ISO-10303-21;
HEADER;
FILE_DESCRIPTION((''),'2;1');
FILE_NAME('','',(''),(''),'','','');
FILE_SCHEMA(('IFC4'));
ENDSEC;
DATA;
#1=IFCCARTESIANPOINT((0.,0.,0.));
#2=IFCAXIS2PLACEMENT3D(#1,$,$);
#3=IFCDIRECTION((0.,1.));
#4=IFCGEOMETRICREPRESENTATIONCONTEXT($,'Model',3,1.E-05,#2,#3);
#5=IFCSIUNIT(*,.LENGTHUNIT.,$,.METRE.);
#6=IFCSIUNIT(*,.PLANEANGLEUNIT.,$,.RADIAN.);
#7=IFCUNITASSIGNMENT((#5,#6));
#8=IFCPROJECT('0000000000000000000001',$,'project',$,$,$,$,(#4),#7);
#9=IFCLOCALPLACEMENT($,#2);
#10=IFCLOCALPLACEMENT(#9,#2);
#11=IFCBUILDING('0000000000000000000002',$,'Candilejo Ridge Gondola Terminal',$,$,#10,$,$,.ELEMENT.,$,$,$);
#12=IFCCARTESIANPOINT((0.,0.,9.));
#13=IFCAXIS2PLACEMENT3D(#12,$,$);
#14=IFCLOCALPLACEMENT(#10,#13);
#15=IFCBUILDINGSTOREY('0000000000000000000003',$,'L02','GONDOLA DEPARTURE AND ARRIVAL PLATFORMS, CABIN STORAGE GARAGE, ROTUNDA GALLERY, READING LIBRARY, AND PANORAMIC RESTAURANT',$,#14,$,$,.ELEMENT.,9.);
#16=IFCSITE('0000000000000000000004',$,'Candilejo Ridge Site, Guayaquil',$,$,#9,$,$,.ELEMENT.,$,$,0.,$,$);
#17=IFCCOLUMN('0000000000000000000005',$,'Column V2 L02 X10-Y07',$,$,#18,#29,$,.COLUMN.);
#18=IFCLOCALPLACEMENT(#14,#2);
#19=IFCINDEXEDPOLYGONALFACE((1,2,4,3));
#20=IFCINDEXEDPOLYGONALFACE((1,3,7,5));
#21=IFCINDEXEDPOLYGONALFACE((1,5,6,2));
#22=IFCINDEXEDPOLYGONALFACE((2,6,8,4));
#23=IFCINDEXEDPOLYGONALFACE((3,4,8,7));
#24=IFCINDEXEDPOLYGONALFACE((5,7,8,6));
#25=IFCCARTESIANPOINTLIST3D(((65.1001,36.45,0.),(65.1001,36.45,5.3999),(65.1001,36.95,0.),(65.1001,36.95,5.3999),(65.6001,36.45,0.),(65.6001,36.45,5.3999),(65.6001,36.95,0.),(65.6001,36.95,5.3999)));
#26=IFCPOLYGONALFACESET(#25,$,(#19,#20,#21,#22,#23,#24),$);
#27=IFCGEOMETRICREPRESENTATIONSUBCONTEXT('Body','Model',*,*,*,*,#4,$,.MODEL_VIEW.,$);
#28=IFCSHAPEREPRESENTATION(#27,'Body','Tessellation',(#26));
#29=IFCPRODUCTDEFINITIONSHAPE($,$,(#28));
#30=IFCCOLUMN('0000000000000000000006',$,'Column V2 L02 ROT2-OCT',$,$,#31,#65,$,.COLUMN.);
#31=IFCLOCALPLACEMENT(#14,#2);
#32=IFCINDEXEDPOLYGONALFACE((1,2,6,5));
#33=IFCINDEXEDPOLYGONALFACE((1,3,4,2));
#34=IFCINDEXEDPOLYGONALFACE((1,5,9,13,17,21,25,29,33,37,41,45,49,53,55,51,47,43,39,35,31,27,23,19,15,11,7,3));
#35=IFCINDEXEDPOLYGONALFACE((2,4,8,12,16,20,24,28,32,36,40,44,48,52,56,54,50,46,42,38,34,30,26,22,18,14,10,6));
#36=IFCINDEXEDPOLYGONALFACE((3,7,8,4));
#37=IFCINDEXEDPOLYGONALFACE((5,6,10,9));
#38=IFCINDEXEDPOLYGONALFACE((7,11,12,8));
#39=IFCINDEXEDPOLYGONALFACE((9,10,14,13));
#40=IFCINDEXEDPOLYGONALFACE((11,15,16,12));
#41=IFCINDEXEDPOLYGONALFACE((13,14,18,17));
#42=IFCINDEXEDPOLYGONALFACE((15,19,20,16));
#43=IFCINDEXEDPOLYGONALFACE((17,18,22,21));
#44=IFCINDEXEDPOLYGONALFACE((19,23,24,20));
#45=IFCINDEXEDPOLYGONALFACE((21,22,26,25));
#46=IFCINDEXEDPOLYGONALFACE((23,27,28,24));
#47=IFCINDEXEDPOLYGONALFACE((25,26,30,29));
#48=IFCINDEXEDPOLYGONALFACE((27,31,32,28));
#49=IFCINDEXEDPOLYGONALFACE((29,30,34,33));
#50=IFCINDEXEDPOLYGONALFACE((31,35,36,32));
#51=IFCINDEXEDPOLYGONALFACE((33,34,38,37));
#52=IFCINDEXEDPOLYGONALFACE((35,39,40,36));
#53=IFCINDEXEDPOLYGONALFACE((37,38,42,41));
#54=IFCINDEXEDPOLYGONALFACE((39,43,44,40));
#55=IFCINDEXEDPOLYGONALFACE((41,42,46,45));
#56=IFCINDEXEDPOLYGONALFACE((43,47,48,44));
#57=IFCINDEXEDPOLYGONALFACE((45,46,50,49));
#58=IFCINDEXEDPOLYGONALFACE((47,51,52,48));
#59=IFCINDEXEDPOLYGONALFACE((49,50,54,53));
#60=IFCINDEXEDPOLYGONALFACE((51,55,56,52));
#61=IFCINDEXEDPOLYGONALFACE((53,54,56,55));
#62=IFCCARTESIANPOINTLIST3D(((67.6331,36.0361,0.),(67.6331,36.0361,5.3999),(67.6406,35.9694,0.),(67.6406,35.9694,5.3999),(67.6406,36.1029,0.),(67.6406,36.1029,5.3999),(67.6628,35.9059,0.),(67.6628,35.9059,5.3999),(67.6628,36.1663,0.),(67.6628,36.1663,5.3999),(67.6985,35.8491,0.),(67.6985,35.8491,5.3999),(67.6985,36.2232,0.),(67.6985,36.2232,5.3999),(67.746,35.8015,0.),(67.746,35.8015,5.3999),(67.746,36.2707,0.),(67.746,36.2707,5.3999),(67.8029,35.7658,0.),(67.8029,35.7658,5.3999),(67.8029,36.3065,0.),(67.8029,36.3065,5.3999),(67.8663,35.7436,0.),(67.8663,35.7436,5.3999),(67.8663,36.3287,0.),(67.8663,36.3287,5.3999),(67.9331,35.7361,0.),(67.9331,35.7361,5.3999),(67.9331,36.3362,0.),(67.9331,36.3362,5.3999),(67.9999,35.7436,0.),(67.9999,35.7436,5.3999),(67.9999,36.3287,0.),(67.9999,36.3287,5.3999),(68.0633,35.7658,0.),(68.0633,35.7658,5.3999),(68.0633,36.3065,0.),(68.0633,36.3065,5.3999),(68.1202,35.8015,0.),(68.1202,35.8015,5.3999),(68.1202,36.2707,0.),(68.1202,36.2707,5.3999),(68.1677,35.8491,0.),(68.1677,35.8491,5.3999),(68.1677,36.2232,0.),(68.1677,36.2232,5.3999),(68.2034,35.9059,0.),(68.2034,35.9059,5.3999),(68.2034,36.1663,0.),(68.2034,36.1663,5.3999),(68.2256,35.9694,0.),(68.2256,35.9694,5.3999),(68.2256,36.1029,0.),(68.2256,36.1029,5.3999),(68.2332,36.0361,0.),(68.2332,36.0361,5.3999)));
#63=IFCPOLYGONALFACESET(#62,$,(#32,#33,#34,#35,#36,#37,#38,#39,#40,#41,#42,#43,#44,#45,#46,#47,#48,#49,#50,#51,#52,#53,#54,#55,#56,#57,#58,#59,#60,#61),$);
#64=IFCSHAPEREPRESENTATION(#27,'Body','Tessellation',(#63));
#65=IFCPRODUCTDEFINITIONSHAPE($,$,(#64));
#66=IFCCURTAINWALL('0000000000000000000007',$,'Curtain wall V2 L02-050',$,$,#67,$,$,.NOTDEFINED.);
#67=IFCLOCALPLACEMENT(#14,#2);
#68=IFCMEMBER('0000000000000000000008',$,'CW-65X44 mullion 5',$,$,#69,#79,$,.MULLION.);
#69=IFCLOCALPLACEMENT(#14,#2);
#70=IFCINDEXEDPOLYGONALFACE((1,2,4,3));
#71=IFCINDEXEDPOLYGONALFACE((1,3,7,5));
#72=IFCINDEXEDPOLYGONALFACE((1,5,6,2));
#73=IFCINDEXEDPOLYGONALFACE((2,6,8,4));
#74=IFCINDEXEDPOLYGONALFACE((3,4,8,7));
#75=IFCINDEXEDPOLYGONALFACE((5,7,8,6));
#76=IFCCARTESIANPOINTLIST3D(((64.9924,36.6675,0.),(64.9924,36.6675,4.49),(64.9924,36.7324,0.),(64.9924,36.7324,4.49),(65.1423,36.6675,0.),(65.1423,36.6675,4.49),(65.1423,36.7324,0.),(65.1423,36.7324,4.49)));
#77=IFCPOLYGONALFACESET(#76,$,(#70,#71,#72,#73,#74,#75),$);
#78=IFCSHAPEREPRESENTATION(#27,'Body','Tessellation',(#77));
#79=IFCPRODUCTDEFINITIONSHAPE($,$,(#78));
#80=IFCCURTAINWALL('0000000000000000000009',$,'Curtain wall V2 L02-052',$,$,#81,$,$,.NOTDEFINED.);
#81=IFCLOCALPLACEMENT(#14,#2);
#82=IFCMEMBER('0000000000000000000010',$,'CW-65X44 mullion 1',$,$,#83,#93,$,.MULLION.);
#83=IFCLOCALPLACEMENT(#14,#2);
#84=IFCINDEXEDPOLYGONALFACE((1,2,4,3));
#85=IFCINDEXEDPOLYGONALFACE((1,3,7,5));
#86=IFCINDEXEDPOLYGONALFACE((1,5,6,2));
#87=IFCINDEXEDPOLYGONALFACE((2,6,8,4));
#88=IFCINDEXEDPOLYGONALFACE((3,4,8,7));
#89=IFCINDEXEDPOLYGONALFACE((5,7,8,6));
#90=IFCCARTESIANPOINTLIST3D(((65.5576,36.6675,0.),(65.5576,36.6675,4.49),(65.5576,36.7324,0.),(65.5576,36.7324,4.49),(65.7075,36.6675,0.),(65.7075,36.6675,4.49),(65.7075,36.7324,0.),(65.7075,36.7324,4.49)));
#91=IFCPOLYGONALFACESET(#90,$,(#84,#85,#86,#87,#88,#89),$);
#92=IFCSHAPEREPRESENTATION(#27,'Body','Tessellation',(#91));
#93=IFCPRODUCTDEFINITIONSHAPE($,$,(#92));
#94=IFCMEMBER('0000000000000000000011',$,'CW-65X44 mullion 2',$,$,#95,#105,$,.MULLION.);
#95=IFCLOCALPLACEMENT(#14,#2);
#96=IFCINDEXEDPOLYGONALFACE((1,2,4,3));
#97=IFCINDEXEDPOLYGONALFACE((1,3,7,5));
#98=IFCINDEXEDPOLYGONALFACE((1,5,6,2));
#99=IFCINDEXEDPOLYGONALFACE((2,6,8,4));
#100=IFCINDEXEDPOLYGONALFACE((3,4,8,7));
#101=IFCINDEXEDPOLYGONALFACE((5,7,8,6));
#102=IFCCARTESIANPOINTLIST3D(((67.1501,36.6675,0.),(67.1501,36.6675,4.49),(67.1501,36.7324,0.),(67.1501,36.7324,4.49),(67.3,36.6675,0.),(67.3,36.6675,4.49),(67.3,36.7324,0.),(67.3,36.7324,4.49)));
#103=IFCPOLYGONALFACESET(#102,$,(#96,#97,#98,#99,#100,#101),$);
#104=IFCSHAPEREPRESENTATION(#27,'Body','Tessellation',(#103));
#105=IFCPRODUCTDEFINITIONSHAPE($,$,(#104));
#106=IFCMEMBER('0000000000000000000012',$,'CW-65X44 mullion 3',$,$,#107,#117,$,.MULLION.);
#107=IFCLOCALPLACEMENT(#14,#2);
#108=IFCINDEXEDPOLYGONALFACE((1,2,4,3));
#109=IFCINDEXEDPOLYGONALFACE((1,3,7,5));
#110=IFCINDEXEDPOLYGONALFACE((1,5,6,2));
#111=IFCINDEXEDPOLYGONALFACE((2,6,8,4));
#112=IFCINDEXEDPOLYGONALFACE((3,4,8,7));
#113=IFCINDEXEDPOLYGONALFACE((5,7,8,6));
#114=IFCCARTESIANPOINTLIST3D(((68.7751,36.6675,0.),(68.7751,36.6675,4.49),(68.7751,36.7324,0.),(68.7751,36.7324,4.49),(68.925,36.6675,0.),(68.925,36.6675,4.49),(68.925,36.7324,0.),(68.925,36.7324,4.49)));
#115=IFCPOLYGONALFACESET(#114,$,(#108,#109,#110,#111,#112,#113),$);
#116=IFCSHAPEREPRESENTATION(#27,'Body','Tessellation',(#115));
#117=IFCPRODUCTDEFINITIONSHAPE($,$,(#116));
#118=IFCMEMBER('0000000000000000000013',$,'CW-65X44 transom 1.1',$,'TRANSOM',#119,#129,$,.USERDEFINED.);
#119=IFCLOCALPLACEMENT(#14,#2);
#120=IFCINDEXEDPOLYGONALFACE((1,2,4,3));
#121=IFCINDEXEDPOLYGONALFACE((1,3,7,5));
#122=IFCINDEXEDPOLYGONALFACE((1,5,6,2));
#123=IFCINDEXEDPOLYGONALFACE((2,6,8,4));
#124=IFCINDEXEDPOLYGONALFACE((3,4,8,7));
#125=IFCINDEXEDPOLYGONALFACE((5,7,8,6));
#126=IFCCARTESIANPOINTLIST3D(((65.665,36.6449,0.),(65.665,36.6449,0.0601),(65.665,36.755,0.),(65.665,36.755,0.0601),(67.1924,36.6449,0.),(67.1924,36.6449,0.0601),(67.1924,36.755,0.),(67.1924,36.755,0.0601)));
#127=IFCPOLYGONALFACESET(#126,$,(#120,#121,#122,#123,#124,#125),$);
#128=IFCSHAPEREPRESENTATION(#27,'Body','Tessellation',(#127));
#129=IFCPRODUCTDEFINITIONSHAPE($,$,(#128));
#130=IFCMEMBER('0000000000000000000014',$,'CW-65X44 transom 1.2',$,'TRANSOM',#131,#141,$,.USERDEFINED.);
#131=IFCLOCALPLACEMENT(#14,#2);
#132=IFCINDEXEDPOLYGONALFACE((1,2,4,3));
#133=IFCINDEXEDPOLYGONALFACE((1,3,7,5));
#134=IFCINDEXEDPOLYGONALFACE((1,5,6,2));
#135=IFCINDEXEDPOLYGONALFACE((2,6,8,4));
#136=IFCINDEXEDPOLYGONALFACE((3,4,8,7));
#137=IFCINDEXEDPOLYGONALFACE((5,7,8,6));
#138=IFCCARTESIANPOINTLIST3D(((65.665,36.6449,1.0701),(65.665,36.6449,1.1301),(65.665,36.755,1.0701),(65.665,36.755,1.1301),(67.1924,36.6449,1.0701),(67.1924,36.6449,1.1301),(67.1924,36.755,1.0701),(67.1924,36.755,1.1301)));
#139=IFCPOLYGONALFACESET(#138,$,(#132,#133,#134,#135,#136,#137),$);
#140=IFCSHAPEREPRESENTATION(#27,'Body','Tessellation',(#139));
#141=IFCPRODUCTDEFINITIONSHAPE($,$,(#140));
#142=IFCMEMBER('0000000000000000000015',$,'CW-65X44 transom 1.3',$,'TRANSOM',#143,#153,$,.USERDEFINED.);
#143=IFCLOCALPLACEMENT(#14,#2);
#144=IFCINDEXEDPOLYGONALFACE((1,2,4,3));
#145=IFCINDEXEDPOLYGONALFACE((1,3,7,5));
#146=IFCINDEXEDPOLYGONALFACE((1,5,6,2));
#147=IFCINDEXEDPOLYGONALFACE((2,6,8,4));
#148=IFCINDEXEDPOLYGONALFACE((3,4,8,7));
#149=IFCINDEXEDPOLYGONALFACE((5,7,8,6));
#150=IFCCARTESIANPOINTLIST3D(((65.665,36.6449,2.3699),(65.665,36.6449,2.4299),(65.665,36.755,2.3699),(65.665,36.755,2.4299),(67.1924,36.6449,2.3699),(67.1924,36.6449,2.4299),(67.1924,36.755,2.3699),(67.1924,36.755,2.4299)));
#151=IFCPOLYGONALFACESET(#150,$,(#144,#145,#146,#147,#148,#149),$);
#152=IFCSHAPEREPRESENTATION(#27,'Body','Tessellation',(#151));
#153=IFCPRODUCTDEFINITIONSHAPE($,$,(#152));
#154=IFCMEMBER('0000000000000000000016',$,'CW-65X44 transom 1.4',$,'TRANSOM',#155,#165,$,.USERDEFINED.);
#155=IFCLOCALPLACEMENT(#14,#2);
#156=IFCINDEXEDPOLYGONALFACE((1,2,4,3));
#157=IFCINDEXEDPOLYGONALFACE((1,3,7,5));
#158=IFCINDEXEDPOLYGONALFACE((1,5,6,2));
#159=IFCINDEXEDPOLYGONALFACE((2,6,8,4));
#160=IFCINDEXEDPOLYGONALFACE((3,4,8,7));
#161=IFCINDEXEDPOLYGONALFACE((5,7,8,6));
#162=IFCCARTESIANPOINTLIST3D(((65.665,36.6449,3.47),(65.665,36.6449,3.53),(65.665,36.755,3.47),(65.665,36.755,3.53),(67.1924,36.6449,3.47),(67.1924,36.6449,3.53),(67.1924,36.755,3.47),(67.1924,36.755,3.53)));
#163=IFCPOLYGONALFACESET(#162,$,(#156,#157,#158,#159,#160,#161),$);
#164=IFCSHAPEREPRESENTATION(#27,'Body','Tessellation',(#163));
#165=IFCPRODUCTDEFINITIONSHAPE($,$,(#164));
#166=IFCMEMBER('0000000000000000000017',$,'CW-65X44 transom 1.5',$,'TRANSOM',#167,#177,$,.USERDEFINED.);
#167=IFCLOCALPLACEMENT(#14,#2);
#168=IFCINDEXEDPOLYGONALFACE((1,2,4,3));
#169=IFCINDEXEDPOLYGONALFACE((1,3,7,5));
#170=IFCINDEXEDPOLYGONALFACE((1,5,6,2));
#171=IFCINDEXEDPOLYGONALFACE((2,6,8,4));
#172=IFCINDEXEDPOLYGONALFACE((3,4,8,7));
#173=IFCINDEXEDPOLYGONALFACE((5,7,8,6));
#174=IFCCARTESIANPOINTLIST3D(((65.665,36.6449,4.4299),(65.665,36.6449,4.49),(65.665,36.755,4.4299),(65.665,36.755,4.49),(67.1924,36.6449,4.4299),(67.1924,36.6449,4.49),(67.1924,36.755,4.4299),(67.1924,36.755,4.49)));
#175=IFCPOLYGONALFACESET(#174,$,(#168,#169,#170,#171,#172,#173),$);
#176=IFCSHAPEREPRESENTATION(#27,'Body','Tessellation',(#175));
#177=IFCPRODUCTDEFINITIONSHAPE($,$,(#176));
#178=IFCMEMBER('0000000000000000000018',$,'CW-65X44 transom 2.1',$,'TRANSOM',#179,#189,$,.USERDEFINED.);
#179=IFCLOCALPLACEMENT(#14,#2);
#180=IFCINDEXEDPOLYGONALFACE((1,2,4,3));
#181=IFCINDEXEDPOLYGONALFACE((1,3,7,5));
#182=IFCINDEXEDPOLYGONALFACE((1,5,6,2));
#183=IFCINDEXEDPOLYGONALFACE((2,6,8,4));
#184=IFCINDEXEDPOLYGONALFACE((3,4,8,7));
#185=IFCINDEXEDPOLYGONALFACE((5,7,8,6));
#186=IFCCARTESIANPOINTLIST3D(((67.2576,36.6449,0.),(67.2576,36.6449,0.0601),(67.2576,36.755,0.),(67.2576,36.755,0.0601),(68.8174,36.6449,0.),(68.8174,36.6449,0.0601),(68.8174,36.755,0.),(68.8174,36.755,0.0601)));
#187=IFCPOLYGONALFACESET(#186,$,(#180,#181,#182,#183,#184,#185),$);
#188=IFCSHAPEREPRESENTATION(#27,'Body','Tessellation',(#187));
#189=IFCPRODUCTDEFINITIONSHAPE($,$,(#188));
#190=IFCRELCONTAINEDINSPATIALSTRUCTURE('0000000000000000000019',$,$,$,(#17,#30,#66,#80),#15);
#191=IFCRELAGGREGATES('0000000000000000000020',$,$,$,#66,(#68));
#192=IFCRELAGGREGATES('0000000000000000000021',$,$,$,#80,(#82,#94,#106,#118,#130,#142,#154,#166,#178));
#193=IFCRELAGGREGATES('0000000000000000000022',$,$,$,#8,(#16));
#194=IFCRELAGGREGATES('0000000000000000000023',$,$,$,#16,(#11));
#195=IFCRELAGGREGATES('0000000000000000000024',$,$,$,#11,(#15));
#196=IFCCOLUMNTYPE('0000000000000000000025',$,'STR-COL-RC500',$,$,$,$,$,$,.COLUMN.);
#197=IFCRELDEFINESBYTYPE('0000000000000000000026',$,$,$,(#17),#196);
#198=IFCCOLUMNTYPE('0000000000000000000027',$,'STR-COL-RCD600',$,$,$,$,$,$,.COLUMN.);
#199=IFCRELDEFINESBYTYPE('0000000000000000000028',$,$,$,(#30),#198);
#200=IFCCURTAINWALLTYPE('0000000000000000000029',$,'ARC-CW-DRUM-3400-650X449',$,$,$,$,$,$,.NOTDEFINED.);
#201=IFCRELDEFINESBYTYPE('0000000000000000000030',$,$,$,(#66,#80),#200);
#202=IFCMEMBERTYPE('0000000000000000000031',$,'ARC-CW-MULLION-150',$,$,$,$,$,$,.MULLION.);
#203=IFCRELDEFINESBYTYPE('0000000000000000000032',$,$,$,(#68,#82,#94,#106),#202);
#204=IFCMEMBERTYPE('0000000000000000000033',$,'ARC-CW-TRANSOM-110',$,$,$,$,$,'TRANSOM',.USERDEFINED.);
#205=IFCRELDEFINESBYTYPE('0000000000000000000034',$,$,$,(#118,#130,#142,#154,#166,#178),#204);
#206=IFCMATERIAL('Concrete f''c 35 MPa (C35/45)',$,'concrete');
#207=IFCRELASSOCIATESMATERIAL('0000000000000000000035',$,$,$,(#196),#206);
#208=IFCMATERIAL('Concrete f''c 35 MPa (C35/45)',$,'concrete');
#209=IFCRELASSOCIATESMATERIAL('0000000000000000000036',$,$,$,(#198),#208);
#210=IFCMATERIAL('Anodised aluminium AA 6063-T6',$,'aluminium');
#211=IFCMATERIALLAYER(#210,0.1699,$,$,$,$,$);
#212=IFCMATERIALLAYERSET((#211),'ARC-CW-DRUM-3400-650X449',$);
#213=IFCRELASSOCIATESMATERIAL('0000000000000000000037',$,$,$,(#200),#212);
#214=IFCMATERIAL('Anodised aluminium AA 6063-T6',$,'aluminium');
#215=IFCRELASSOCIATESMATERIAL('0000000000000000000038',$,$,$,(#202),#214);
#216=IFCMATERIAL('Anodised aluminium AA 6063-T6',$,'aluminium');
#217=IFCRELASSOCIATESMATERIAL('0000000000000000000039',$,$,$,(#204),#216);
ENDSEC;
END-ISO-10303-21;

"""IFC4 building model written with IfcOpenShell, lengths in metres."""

from ifc_helpers import new_model, si_unit, direction, frame, origin, origin_2d, place, context, subcontext, project, spatial, rectangle, circle, extrude, material, layer, layer_set, material_profile, profile_set, type_object, element, aggregate, save


model = new_model("IFC4")

# Units and contexts
model_context = context("Model", 3, precision=1e-05, world=origin(), true_north=direction((0.0, 1.0)))
body_context = subcontext(model_context, "Body", "Model", "MODEL_VIEW")
ifc_project = project(units=[si_unit("LENGTHUNIT", "METRE"), si_unit("PLANEANGLEUNIT", "RADIAN")], contexts=[model_context])

# Site, building, storey
site_placement = place(None, origin())
site = spatial("IfcSite", under=ifc_project, at=site_placement, Name="Candilejo Ridge Site, Guayaquil", CompositionType="ELEMENT", RefElevation=0.0)
building_placement = place(site_placement, origin())
building = spatial("IfcBuilding", under=site, at=building_placement, Name="Candilejo Ridge Gondola Terminal", CompositionType="ELEMENT")
storey_placement = place(building_placement, frame((0.0, 0.0, 9.0)))
storey = spatial("IfcBuildingStorey", under=building, at=storey_placement, Name="L02", Description="GONDOLA DEPARTURE AND ARRIVAL PLATFORMS, CABIN STORAGE GARAGE, ROTUNDA GALLERY, READING LIBRARY, AND PANORAMIC RESTAURANT", CompositionType="ELEMENT", Elevation=9.0)

# Columns
ifc_material_1 = material(Name="Concrete f'c 35 MPa (C35/45)", Category="concrete")
ifc_material_profile_1 = material_profile(ifc_material_1, rectangle(XDim=0.5, YDim=0.5, at=origin_2d()))
ifc_profile_set_1 = profile_set([ifc_material_profile_1], Name="Concrete f'c 35 MPa (C35/45)")
column_type_1 = type_object("IfcColumnType", Name="STR-COL-RC500", PredefinedType="COLUMN", material=ifc_profile_set_1)
column_1_placement = place(storey_placement, frame((65.3501, 36.7, 0.0), z_axis=(0.0, 0.0, 1.0), x_axis=(1.0, 0.0, 0.0)))
element("IfcColumn", 1, at=column_1_placement, inside=storey, type_object=column_type_1, Name="Column V2 L02 X10-Y07", PredefinedType="COLUMN", context=body_context, shape_type="SweptSolid", body=[
    extrude(rectangle(XDim=0.5, YDim=0.5, at=origin_2d()), origin(), (0.0, 0.0, 1.0), 5.3999),
])
ifc_material_2 = material(Name="Concrete f'c 35 MPa (C35/45)", Category="concrete")
ifc_material_profile_2 = material_profile(ifc_material_2, circle(Radius=0.3, at=origin_2d()))
ifc_profile_set_2 = profile_set([ifc_material_profile_2], Name="Concrete f'c 35 MPa (C35/45)")
column_type_2 = type_object("IfcColumnType", Name="STR-COL-RCD600", PredefinedType="COLUMN", material=ifc_profile_set_2)
column_2_placement = place(storey_placement, frame((67.9331, 36.0361, 0.0), z_axis=(0.0, 0.0, 1.0), x_axis=(1.0, 0.0, 0.0)))
element("IfcColumn", 2, at=column_2_placement, inside=storey, type_object=column_type_2, Name="Column V2 L02 ROT2-OCT", PredefinedType="COLUMN", context=body_context, shape_type="SweptSolid", body=[
    extrude(circle(Radius=0.3, at=origin_2d()), origin(), (0.0, 0.0, 1.0), 5.3999),
])

# Curtain wall, member
ifc_material_3 = material(Name="Anodised aluminium AA 6063-T6", Category="aluminium")
ifc_layer_1 = layer(ifc_material_3, 0.1699)
ifc_layer_set_1 = layer_set([ifc_layer_1], Name="ARC-CW-DRUM-3400-650X449")
curtain_wall_type = type_object("IfcCurtainWallType", Name="ARC-CW-DRUM-3400-650X449", PredefinedType="NOTDEFINED", material=ifc_layer_set_1)
curtain_wall_1_placement = place(storey_placement, origin())
curtain_wall_1 = element("IfcCurtainWall", 3, at=curtain_wall_1_placement, inside=storey, type_object=curtain_wall_type, Name="Curtain wall V2 L02-050", PredefinedType="NOTDEFINED")
ifc_material_4 = material(Name="Anodised aluminium AA 6063-T6", Category="aluminium")
ifc_material_profile_3 = material_profile(ifc_material_4, rectangle(XDim=0.0649, YDim=0.1499, at=origin_2d()))
ifc_profile_set_3 = profile_set([ifc_material_profile_3], Name="Anodised aluminium AA 6063-T6")
member_type_1 = type_object("IfcMemberType", Name="ARC-CW-MULLION-150", PredefinedType="MULLION", material=ifc_profile_set_3)
member_1_placement = place(storey_placement, frame((65.0674, 36.7, 0.0), z_axis=(0.0, 0.0, 1.0), x_axis=(0.0, 1.0, 0.0)))
member_1 = element("IfcMember", 4, at=member_1_placement, type_object=member_type_1, Name="CW-65X44 mullion 5", PredefinedType="MULLION", context=body_context, shape_type="SweptSolid", body=[
    extrude(rectangle(XDim=0.0649, YDim=0.1499, at=origin_2d()), origin(), (0.0, 0.0, 1.0), 4.49),
])

# Curtain wall, members
curtain_wall_2_placement = place(storey_placement, origin())
curtain_wall_2 = element("IfcCurtainWall", 5, at=curtain_wall_2_placement, inside=storey, type_object=curtain_wall_type, Name="Curtain wall V2 L02-052", PredefinedType="NOTDEFINED")
member_2_placement = place(storey_placement, frame((65.6326, 36.7, 0.0), z_axis=(0.0, 0.0, 1.0), x_axis=(0.0, 1.0, 0.0)))
member_2 = element("IfcMember", 6, at=member_2_placement, type_object=member_type_1, Name="CW-65X44 mullion 1", PredefinedType="MULLION", context=body_context, shape_type="SweptSolid", body=[
    extrude(rectangle(XDim=0.0649, YDim=0.1499, at=origin_2d()), origin(), (0.0, 0.0, 1.0), 4.49),
])
member_3_placement = place(storey_placement, frame((67.2251, 36.7, 0.0), z_axis=(0.0, 0.0, 1.0), x_axis=(0.0, 1.0, 0.0)))
member_3 = element("IfcMember", 7, at=member_3_placement, type_object=member_type_1, Name="CW-65X44 mullion 2", PredefinedType="MULLION", context=body_context, shape_type="SweptSolid", body=[
    extrude(rectangle(XDim=0.0649, YDim=0.1499, at=origin_2d()), origin(), (0.0, 0.0, 1.0), 4.49),
])
member_4_placement = place(storey_placement, frame((68.8501, 36.7, 0.0), z_axis=(0.0, 0.0, 1.0), x_axis=(0.0, 1.0, 0.0)))
member_4 = element("IfcMember", 8, at=member_4_placement, type_object=member_type_1, Name="CW-65X44 mullion 3", PredefinedType="MULLION", context=body_context, shape_type="SweptSolid", body=[
    extrude(rectangle(XDim=0.0649, YDim=0.1499, at=origin_2d()), origin(), (0.0, 0.0, 1.0), 4.49),
])
ifc_material_5 = material(Name="Anodised aluminium AA 6063-T6", Category="aluminium")
ifc_material_profile_4 = material_profile(ifc_material_5, rectangle(XDim=0.1101, YDim=0.0601, at=origin_2d()))
ifc_profile_set_4 = profile_set([ifc_material_profile_4], Name="Anodised aluminium AA 6063-T6")
member_type_2 = type_object("IfcMemberType", Name="ARC-CW-TRANSOM-110", ElementType="TRANSOM", PredefinedType="USERDEFINED", material=ifc_profile_set_4)
member_5_placement = place(storey_placement, frame((65.665, 36.7, 0.03), z_axis=(1.0, 0.0, 0.0), x_axis=(0.0, 1.0, 0.0)))
member_5 = element("IfcMember", 9, at=member_5_placement, type_object=member_type_2, Name="CW-65X44 transom 1.1", ObjectType="TRANSOM", PredefinedType="USERDEFINED", context=body_context, shape_type="SweptSolid", body=[
    extrude(rectangle(XDim=0.1101, YDim=0.0601, at=origin_2d()), origin(), (0.0, 0.0, 1.0), 1.5273),
])
member_6_placement = place(storey_placement, frame((65.665, 36.7, 1.1001), z_axis=(1.0, 0.0, 0.0), x_axis=(0.0, 1.0, 0.0)))
member_6 = element("IfcMember", 10, at=member_6_placement, type_object=member_type_2, Name="CW-65X44 transom 1.2", ObjectType="TRANSOM", PredefinedType="USERDEFINED", context=body_context, shape_type="SweptSolid", body=[
    extrude(rectangle(XDim=0.1101, YDim=0.0601, at=origin_2d()), origin(), (0.0, 0.0, 1.0), 1.5273),
])
member_7_placement = place(storey_placement, frame((65.665, 36.7, 2.3999), z_axis=(1.0, 0.0, 0.0), x_axis=(0.0, 1.0, 0.0)))
member_7 = element("IfcMember", 11, at=member_7_placement, type_object=member_type_2, Name="CW-65X44 transom 1.3", ObjectType="TRANSOM", PredefinedType="USERDEFINED", context=body_context, shape_type="SweptSolid", body=[
    extrude(rectangle(XDim=0.1101, YDim=0.0601, at=origin_2d()), origin(), (0.0, 0.0, 1.0), 1.5273),
])
member_8_placement = place(storey_placement, frame((65.665, 36.7, 3.5), z_axis=(1.0, 0.0, 0.0), x_axis=(0.0, 1.0, 0.0)))
member_8 = element("IfcMember", 12, at=member_8_placement, type_object=member_type_2, Name="CW-65X44 transom 1.4", ObjectType="TRANSOM", PredefinedType="USERDEFINED", context=body_context, shape_type="SweptSolid", body=[
    extrude(rectangle(XDim=0.1101, YDim=0.0601, at=origin_2d()), origin(), (0.0, 0.0, 1.0), 1.5273),
])
member_9_placement = place(storey_placement, frame((65.665, 36.7, 4.46), z_axis=(1.0, 0.0, 0.0), x_axis=(0.0, 1.0, 0.0)))
member_9 = element("IfcMember", 13, at=member_9_placement, type_object=member_type_2, Name="CW-65X44 transom 1.5", ObjectType="TRANSOM", PredefinedType="USERDEFINED", context=body_context, shape_type="SweptSolid", body=[
    extrude(rectangle(XDim=0.1101, YDim=0.0601, at=origin_2d()), origin(), (0.0, 0.0, 1.0), 1.5273),
])
member_10_placement = place(storey_placement, frame((67.2576, 36.7, 0.03), z_axis=(1.0, 0.0, 0.0), x_axis=(0.0, 1.0, 0.0)))
member_10 = element("IfcMember", 14, at=member_10_placement, type_object=member_type_2, Name="CW-65X44 transom 2.1", ObjectType="TRANSOM", PredefinedType="USERDEFINED", context=body_context, shape_type="SweptSolid", body=[
    extrude(rectangle(XDim=0.1101, YDim=0.0601, at=origin_2d()), origin(), (0.0, 0.0, 1.0), 1.5598),
])

aggregate(curtain_wall_1, [member_1])
aggregate(curtain_wall_2, [member_2, member_3, member_4, member_5, member_6, member_7, member_8, member_9, member_10])

save(model, "model.ifc")
